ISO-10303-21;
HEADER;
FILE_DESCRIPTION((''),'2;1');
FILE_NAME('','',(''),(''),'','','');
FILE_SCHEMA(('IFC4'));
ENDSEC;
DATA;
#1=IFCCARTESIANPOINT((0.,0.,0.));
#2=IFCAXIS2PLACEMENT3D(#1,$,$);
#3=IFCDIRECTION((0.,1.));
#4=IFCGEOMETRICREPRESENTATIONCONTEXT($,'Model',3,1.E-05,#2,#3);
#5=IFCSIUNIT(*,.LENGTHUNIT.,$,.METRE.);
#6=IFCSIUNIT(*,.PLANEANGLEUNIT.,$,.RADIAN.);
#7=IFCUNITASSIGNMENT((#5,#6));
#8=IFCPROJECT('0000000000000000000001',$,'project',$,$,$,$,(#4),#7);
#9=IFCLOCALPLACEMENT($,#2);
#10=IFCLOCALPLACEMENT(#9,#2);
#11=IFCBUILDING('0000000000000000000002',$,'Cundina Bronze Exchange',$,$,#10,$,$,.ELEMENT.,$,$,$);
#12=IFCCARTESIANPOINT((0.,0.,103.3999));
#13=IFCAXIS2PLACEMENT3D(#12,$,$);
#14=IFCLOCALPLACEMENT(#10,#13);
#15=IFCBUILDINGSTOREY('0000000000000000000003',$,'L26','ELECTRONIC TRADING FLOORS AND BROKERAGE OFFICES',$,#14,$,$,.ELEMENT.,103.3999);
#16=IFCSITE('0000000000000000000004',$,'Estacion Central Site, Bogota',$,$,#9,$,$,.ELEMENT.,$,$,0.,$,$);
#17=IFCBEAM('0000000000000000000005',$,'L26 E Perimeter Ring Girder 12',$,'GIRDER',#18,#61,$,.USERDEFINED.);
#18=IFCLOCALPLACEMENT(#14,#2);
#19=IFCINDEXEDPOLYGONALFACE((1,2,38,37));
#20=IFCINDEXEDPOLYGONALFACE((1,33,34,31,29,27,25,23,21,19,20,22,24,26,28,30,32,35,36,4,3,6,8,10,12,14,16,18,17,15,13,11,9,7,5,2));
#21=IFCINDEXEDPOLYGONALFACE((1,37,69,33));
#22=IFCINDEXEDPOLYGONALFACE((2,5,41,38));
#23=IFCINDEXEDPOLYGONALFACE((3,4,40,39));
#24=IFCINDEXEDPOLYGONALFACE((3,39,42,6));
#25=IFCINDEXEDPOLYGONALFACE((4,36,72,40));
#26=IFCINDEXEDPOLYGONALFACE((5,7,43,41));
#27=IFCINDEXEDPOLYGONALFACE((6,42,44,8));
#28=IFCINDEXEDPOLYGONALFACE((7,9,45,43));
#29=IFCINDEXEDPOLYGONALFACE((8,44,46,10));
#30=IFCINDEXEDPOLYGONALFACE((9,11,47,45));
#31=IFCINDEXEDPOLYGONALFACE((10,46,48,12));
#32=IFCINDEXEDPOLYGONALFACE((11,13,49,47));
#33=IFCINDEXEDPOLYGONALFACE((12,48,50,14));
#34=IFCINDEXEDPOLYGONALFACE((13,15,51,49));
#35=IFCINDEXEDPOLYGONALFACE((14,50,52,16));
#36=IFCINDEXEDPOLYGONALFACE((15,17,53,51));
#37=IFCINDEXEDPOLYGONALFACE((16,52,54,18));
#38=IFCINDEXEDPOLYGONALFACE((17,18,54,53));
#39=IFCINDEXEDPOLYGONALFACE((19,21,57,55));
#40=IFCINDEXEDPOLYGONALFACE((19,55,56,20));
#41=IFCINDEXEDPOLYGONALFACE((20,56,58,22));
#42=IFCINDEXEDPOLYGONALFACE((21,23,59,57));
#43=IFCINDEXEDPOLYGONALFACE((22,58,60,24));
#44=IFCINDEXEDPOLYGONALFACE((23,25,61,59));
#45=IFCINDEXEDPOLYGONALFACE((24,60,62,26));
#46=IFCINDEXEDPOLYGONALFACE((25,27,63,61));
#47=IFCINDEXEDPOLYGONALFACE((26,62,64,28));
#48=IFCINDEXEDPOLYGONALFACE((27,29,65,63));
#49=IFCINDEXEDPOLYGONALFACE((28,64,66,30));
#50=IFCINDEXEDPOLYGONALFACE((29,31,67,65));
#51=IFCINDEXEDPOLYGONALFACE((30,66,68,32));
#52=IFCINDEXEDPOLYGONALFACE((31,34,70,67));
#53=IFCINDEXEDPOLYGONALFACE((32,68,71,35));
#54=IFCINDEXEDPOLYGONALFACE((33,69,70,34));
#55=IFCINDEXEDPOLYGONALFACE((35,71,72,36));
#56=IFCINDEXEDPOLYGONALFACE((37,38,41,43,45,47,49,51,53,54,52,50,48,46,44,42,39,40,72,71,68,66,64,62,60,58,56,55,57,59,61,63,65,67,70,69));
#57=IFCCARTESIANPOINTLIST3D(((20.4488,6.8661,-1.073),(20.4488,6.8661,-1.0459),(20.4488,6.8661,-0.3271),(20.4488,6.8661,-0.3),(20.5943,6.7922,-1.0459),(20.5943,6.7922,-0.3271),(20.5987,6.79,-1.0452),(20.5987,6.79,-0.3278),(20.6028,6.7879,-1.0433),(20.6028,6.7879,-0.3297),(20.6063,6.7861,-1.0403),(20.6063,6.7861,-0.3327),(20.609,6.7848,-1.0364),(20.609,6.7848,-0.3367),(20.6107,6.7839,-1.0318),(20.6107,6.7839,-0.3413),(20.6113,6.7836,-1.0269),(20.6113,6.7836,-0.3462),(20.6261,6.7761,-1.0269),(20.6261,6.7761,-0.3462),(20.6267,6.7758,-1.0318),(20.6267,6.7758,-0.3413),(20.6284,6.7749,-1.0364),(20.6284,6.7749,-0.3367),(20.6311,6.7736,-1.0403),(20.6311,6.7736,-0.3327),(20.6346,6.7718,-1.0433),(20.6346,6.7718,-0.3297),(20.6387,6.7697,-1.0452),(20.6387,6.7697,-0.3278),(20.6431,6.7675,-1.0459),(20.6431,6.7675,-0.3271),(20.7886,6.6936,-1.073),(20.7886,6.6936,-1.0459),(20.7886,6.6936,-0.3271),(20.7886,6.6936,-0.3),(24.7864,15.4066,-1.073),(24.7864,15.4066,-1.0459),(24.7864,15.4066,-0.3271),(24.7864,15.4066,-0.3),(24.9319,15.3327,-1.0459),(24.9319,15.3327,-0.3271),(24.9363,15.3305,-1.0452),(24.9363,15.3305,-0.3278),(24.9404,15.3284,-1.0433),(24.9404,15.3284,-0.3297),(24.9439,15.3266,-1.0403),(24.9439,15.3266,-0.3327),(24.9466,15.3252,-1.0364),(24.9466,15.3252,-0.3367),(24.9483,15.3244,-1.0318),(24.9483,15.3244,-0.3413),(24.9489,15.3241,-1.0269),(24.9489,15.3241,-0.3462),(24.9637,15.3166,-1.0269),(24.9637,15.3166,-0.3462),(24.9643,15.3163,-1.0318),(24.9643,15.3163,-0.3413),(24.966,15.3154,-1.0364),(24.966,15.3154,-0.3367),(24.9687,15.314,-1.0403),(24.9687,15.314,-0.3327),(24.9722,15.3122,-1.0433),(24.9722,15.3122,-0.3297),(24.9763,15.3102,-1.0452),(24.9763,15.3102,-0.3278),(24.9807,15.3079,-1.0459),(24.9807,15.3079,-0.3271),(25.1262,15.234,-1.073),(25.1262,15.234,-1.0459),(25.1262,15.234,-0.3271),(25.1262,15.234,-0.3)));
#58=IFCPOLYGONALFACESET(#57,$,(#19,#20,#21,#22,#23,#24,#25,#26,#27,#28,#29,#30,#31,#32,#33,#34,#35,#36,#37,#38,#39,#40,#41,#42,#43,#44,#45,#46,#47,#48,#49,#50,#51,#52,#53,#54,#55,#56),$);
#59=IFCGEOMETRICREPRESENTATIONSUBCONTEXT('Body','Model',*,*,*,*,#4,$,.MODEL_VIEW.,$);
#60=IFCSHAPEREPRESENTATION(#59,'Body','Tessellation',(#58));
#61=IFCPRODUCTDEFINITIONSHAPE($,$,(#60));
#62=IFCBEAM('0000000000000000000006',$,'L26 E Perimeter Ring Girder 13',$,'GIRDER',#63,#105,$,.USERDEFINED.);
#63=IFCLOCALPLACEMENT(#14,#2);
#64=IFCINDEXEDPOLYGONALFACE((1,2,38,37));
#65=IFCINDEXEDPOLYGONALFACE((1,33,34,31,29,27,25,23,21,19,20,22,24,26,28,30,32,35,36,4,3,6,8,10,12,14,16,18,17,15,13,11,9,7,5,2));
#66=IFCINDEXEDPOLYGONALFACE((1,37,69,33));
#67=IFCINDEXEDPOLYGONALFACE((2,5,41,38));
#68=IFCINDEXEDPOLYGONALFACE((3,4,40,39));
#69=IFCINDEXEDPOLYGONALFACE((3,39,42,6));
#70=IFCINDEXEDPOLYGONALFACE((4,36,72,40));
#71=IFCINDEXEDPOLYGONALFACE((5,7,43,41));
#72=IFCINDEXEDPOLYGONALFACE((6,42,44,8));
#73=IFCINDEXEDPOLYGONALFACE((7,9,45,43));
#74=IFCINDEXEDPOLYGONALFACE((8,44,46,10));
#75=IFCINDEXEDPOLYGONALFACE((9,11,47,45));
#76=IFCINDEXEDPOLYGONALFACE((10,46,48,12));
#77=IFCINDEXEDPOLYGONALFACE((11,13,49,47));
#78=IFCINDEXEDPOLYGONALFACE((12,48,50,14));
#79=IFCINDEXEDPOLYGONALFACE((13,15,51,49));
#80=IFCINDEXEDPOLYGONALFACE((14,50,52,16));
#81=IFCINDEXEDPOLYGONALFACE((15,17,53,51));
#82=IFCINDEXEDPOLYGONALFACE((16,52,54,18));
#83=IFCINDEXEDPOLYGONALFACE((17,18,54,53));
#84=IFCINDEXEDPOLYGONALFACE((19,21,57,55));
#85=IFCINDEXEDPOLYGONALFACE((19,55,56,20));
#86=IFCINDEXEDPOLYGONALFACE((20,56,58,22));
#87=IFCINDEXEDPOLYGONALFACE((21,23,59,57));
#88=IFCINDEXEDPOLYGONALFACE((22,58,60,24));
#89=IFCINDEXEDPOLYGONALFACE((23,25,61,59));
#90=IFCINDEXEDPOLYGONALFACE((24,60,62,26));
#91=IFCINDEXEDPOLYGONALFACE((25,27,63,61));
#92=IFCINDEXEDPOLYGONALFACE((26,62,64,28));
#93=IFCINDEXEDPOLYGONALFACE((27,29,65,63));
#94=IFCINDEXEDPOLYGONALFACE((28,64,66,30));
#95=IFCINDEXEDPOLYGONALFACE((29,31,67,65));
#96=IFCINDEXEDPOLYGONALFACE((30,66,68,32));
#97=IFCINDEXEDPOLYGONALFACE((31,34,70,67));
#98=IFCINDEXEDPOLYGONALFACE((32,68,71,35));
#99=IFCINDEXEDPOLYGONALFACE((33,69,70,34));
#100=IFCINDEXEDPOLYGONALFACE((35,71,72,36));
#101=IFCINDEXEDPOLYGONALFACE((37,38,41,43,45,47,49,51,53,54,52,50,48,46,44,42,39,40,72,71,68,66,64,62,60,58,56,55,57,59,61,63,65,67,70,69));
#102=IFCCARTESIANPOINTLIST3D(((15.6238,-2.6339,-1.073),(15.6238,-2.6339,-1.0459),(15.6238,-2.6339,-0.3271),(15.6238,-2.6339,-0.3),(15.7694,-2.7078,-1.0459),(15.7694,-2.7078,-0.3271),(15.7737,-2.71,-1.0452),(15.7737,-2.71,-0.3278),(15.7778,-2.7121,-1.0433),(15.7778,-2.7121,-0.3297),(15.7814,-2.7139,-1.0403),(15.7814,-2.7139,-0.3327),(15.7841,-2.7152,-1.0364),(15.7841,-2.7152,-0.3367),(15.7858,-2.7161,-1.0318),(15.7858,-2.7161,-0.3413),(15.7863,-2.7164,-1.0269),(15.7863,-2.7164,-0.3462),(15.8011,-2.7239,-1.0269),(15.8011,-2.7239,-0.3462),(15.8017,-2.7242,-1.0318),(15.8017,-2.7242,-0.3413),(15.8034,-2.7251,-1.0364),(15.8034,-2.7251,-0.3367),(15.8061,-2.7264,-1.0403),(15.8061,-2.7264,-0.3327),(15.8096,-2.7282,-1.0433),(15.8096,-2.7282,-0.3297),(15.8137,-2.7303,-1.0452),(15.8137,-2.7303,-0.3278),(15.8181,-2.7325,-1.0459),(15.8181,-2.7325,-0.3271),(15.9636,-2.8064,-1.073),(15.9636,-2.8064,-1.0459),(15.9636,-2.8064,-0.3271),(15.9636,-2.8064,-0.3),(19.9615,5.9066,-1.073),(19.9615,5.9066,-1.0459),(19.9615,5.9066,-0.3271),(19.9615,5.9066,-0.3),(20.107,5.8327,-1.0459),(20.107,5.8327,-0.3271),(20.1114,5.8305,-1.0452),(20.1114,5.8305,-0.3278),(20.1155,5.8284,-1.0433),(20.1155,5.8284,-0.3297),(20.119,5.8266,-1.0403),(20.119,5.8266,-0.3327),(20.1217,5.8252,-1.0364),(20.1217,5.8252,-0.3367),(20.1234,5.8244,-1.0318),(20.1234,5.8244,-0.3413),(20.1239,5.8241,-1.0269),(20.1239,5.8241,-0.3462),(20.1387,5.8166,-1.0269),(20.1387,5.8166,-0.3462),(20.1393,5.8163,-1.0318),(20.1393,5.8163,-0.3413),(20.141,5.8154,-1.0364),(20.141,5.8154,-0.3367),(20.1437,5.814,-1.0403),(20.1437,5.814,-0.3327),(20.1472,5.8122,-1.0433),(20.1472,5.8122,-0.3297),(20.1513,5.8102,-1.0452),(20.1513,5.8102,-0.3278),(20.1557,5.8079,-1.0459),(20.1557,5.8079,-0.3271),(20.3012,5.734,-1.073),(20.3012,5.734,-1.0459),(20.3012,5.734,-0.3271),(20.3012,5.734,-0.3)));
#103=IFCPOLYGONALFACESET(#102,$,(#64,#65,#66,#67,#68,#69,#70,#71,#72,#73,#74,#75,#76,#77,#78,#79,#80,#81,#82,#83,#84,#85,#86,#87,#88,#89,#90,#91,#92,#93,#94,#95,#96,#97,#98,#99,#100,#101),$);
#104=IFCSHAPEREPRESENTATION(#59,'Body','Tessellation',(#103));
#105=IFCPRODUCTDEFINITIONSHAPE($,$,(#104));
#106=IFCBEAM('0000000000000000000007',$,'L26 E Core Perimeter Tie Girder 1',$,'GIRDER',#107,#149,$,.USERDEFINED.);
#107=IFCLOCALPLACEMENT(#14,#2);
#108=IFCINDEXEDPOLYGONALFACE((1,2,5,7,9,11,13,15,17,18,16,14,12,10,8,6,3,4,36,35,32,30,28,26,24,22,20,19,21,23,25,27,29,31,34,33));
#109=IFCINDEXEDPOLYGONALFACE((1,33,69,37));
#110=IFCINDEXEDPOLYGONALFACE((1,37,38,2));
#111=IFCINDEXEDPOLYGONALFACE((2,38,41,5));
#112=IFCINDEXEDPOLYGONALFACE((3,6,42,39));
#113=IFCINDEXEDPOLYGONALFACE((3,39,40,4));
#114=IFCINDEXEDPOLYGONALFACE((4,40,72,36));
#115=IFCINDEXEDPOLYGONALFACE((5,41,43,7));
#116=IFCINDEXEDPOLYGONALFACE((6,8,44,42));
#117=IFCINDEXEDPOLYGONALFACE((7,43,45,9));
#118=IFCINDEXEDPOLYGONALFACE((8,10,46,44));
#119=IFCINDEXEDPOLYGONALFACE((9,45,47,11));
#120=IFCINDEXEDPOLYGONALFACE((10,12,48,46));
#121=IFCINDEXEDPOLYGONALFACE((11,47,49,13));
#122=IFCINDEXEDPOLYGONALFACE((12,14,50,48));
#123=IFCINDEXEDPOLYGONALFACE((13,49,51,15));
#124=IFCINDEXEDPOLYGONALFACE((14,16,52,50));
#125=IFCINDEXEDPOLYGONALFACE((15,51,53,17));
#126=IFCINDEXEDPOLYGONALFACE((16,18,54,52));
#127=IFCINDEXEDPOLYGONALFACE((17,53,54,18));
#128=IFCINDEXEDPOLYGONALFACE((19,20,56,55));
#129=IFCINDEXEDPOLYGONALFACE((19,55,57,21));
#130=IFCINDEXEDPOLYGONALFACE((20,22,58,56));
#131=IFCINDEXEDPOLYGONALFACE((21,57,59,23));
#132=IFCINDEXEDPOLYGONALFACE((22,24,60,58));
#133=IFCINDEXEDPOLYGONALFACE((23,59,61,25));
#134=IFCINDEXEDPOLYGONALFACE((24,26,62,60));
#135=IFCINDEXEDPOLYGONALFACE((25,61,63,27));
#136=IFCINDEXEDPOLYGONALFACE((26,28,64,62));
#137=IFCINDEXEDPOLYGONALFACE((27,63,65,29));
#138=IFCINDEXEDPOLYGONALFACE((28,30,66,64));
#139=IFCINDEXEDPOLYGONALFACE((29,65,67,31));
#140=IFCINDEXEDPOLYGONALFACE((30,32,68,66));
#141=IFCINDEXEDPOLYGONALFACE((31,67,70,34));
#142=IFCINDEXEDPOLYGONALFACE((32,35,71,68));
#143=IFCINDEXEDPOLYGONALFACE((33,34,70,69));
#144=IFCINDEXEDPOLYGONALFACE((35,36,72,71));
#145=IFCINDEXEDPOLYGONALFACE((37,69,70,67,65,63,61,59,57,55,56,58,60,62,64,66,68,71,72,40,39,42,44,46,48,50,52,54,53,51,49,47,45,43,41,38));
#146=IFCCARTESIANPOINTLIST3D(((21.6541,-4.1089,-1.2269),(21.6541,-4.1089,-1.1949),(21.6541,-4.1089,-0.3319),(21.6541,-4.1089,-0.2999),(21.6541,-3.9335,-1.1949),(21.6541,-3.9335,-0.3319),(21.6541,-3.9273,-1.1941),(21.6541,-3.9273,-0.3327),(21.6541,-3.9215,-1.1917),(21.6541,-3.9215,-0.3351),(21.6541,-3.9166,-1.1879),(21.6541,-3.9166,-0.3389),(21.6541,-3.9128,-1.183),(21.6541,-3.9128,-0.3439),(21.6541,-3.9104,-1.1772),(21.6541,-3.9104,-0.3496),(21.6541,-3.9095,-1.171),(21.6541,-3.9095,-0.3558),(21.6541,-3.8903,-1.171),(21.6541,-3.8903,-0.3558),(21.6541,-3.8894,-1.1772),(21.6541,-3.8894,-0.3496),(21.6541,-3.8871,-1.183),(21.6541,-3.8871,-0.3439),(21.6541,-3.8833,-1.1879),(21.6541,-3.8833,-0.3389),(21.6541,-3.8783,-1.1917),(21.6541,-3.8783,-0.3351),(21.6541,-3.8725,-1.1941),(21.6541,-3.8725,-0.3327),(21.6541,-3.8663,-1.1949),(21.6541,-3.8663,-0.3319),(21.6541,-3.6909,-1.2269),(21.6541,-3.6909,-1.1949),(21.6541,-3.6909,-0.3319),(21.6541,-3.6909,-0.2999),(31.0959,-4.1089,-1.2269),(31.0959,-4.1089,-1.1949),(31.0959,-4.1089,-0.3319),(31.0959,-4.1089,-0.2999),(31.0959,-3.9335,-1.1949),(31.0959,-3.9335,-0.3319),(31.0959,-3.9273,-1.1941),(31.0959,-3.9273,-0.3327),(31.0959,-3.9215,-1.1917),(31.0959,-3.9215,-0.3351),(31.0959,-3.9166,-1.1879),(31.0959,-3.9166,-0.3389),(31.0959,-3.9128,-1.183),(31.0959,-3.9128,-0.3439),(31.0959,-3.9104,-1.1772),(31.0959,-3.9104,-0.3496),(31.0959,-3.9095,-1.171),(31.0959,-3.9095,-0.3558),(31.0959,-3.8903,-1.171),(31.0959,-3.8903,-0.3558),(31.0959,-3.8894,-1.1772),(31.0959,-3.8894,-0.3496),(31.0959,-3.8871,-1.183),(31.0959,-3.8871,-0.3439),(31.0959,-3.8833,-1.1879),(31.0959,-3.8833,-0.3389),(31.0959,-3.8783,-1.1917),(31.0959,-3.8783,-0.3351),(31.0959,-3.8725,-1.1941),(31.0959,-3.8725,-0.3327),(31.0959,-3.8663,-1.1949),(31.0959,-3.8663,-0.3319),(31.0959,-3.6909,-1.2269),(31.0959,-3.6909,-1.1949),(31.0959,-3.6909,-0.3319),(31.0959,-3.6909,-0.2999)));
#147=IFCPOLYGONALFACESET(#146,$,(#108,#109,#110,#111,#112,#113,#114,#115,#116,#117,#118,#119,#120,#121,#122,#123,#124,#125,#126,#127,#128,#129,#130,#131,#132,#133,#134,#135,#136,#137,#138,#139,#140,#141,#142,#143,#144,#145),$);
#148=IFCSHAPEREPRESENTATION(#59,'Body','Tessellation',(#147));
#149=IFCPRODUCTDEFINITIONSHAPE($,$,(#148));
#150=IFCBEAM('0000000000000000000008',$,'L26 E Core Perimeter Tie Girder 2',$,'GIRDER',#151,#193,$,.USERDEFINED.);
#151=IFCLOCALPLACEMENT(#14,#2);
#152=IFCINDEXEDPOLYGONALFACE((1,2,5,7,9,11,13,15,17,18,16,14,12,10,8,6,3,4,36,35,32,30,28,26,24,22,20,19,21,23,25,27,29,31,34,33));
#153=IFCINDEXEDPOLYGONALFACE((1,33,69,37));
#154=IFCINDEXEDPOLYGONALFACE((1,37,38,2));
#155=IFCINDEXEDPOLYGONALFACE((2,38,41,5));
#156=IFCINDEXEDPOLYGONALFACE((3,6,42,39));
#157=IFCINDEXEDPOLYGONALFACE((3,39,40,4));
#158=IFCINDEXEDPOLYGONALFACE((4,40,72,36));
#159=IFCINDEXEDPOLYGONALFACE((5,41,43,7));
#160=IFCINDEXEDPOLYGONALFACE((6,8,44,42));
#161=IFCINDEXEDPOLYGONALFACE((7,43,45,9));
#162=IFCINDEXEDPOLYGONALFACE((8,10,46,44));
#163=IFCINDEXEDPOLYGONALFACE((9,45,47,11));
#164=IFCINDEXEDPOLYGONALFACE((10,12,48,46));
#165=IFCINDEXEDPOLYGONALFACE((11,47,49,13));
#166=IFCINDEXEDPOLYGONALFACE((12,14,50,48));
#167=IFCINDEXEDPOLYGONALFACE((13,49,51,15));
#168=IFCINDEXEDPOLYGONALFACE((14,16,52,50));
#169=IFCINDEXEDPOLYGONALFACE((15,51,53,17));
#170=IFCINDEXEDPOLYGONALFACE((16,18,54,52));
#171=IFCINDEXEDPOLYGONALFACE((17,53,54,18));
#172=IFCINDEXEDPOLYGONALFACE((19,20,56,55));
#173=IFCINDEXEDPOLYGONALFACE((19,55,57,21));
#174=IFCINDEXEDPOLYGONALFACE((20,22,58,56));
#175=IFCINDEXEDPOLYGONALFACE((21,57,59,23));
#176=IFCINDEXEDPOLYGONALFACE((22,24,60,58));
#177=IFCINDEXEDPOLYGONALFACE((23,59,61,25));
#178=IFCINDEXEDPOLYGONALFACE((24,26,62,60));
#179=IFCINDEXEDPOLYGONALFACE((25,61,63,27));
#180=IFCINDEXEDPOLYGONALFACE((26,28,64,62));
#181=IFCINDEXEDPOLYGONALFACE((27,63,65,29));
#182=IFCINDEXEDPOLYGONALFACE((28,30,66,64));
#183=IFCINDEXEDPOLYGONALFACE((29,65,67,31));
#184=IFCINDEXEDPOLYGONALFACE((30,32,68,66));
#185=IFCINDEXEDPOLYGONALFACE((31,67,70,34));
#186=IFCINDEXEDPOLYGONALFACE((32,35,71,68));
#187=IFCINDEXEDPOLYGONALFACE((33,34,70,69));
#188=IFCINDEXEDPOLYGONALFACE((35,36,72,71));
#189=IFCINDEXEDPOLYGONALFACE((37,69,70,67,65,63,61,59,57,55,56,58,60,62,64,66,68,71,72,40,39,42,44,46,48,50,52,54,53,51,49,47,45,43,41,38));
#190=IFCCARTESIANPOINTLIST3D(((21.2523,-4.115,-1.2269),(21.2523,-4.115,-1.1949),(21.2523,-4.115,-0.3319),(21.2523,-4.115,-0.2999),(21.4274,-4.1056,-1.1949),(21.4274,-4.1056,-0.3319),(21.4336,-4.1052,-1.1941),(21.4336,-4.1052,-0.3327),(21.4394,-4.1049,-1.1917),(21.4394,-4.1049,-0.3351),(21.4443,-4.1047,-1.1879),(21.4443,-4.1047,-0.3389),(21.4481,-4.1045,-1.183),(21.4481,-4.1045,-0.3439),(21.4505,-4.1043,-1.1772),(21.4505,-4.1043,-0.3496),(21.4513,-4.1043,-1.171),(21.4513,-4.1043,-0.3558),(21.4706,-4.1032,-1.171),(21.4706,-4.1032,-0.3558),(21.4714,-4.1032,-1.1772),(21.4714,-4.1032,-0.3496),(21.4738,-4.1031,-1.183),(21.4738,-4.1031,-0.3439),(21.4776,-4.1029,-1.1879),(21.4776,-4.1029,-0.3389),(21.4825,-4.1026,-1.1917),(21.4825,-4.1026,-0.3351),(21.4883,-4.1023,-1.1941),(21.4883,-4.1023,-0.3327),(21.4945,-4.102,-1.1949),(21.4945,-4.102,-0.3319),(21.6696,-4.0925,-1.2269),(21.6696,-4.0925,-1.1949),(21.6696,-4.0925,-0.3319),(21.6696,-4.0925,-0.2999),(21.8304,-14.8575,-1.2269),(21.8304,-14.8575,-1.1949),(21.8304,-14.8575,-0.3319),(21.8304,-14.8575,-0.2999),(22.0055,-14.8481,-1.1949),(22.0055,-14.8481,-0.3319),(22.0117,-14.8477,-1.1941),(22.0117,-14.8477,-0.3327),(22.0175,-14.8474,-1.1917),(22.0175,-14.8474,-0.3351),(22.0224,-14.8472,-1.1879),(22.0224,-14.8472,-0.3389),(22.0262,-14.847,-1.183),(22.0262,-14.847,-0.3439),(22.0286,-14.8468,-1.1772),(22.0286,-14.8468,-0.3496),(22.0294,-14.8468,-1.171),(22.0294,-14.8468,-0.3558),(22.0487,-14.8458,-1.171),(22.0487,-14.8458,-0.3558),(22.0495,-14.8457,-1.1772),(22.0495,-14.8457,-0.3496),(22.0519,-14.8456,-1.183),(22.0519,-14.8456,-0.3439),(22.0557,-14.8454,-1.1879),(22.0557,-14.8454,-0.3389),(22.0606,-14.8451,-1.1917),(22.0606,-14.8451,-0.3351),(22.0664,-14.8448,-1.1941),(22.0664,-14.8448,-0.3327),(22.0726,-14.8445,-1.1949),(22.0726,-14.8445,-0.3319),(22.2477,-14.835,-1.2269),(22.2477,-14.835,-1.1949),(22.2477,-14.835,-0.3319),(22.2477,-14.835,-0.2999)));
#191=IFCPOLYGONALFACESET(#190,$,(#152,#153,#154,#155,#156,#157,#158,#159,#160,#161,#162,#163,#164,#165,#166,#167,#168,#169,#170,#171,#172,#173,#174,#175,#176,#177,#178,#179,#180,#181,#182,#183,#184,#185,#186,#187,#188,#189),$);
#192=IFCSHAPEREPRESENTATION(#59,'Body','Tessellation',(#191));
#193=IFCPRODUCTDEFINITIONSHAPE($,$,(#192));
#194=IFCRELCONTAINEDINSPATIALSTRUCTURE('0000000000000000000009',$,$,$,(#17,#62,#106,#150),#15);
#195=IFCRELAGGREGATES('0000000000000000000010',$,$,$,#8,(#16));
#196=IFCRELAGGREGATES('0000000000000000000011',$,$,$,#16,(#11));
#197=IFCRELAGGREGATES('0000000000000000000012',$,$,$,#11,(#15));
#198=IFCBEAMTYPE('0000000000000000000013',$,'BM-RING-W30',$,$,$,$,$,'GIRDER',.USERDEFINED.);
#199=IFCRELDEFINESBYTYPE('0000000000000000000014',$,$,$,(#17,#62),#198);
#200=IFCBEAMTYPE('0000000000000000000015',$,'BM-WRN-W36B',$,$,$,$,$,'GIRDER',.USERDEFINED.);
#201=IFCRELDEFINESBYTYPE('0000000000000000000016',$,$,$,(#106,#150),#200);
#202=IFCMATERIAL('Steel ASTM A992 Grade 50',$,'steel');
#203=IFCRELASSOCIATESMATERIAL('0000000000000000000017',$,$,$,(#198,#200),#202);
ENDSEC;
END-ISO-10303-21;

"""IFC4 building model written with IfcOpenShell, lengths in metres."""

from ifc_helpers import new_model, si_unit, direction, frame, origin, origin_2d, place, context, subcontext, project, spatial, i_section, extrude, material, material_profile, profile_set, type_object, element, save


model = new_model("IFC4")

# Units and contexts
model_context = context("Model", 3, precision=1e-05, world=origin(), true_north=direction((0.0, 1.0)))
body_context = subcontext(model_context, "Body", "Model", "MODEL_VIEW")
ifc_project = project(units=[si_unit("LENGTHUNIT", "METRE"), si_unit("PLANEANGLEUNIT", "RADIAN")], contexts=[model_context])

# Site, building, storey
site_placement = place(None, origin())
site = spatial("IfcSite", under=ifc_project, at=site_placement, Name="Estacion Central Site, Bogota", CompositionType="ELEMENT", RefElevation=0.0)
building_placement = place(site_placement, origin())
building = spatial("IfcBuilding", under=site, at=building_placement, Name="Cundina Bronze Exchange", CompositionType="ELEMENT")
storey_placement = place(building_placement, frame((0.0, 0.0, 103.3999)))
storey = spatial("IfcBuildingStorey", under=building, at=storey_placement, Name="L26", Description="ELECTRONIC TRADING FLOORS AND BROKERAGE OFFICES", CompositionType="ELEMENT", Elevation=103.3999)

# Shared definitions
ifc_material_1 = material(Name="Steel ASTM A992 Grade 50", Category="steel")

# Beams
ifc_material_profile_1 = material_profile(ifc_material_1, i_section(OverallWidth=0.3811, OverallDepth=0.7729, WebThickness=0.0166, FlangeThickness=0.0271, FilletRadius=0.019, at=origin_2d()), Name="W30X173", Category="steel")
ifc_profile_set_1 = profile_set([ifc_material_profile_1], Name="Steel ASTM A992 Grade 50")
beam_type_1 = type_object("IfcBeamType", Name="BM-RING-W30", ElementType="GIRDER", PredefinedType="USERDEFINED", material=ifc_profile_set_1)
for number, where, z_axis, x_axis, name in (
    (1, (24.9563, 15.3203, -0.6865), (-0.452832, -0.891596, 0.0), (0.891596, -0.452832, 0.0), "L26 E Perimeter Ring Girder 12"),
    (2, (20.1313, 5.8203, -0.6865), (-0.452832, -0.891596, 0.0), (0.891596, -0.452832, 0.0), "L26 E Perimeter Ring Girder 13"),
):
    element("IfcBeam", number, at=place(storey_placement, frame(where, z_axis=z_axis, x_axis=x_axis)), inside=storey, type_object=beam_type_1, Name=name, ObjectType="GIRDER", PredefinedType="USERDEFINED", context=body_context, shape_type="SweptSolid", body=[
        extrude(i_section(OverallWidth=0.3811, OverallDepth=0.7729, WebThickness=0.0166, FlangeThickness=0.0271, FilletRadius=0.019, at=origin_2d()), origin(), (0.0, 0.0, 1.0), 9.5789),
    ])
ifc_material_profile_2 = material_profile(ifc_material_1, i_section(OverallWidth=0.418, OverallDepth=0.927, WebThickness=0.0193, FlangeThickness=0.032, FilletRadius=0.0239, at=origin_2d()), Name="W36X231", Category="steel")
ifc_profile_set_2 = profile_set([ifc_material_profile_2], Name="Steel ASTM A992 Grade 50")
beam_type_2 = type_object("IfcBeamType", Name="BM-WRN-W36B", ElementType="GIRDER", PredefinedType="USERDEFINED", material=ifc_profile_set_2)
beam_1_placement = place(storey_placement, frame((31.0959, -3.8999, -0.7634), z_axis=(-1.0, 0.0, 0.0), x_axis=(0.0, -1.0, 0.0)))
element("IfcBeam", 3, at=beam_1_placement, inside=storey, type_object=beam_type_2, Name="L26 E Core Perimeter Tie Girder 1", ObjectType="GIRDER", PredefinedType="USERDEFINED", context=body_context, shape_type="SweptSolid", body=[
    extrude(i_section(OverallWidth=0.418, OverallDepth=0.927, WebThickness=0.0193, FlangeThickness=0.032, FilletRadius=0.0239, at=origin_2d()), origin(), (0.0, 0.0, 1.0), 9.4419),
])
beam_2_placement = place(storey_placement, frame((21.4609, -4.1038, -0.7634), z_axis=(0.053739, -0.998555, 0.0), x_axis=(0.998555, 0.053739, 0.0)))
element("IfcBeam", 4, at=beam_2_placement, inside=storey, type_object=beam_type_2, Name="L26 E Core Perimeter Tie Girder 2", ObjectType="GIRDER", PredefinedType="USERDEFINED", context=body_context, shape_type="SweptSolid", body=[
    extrude(i_section(OverallWidth=0.418, OverallDepth=0.927, WebThickness=0.0193, FlangeThickness=0.032, FilletRadius=0.0239, at=origin_2d()), origin(), (0.0, 0.0, 1.0), 10.7581),
])

save(model, "model.ifc")
